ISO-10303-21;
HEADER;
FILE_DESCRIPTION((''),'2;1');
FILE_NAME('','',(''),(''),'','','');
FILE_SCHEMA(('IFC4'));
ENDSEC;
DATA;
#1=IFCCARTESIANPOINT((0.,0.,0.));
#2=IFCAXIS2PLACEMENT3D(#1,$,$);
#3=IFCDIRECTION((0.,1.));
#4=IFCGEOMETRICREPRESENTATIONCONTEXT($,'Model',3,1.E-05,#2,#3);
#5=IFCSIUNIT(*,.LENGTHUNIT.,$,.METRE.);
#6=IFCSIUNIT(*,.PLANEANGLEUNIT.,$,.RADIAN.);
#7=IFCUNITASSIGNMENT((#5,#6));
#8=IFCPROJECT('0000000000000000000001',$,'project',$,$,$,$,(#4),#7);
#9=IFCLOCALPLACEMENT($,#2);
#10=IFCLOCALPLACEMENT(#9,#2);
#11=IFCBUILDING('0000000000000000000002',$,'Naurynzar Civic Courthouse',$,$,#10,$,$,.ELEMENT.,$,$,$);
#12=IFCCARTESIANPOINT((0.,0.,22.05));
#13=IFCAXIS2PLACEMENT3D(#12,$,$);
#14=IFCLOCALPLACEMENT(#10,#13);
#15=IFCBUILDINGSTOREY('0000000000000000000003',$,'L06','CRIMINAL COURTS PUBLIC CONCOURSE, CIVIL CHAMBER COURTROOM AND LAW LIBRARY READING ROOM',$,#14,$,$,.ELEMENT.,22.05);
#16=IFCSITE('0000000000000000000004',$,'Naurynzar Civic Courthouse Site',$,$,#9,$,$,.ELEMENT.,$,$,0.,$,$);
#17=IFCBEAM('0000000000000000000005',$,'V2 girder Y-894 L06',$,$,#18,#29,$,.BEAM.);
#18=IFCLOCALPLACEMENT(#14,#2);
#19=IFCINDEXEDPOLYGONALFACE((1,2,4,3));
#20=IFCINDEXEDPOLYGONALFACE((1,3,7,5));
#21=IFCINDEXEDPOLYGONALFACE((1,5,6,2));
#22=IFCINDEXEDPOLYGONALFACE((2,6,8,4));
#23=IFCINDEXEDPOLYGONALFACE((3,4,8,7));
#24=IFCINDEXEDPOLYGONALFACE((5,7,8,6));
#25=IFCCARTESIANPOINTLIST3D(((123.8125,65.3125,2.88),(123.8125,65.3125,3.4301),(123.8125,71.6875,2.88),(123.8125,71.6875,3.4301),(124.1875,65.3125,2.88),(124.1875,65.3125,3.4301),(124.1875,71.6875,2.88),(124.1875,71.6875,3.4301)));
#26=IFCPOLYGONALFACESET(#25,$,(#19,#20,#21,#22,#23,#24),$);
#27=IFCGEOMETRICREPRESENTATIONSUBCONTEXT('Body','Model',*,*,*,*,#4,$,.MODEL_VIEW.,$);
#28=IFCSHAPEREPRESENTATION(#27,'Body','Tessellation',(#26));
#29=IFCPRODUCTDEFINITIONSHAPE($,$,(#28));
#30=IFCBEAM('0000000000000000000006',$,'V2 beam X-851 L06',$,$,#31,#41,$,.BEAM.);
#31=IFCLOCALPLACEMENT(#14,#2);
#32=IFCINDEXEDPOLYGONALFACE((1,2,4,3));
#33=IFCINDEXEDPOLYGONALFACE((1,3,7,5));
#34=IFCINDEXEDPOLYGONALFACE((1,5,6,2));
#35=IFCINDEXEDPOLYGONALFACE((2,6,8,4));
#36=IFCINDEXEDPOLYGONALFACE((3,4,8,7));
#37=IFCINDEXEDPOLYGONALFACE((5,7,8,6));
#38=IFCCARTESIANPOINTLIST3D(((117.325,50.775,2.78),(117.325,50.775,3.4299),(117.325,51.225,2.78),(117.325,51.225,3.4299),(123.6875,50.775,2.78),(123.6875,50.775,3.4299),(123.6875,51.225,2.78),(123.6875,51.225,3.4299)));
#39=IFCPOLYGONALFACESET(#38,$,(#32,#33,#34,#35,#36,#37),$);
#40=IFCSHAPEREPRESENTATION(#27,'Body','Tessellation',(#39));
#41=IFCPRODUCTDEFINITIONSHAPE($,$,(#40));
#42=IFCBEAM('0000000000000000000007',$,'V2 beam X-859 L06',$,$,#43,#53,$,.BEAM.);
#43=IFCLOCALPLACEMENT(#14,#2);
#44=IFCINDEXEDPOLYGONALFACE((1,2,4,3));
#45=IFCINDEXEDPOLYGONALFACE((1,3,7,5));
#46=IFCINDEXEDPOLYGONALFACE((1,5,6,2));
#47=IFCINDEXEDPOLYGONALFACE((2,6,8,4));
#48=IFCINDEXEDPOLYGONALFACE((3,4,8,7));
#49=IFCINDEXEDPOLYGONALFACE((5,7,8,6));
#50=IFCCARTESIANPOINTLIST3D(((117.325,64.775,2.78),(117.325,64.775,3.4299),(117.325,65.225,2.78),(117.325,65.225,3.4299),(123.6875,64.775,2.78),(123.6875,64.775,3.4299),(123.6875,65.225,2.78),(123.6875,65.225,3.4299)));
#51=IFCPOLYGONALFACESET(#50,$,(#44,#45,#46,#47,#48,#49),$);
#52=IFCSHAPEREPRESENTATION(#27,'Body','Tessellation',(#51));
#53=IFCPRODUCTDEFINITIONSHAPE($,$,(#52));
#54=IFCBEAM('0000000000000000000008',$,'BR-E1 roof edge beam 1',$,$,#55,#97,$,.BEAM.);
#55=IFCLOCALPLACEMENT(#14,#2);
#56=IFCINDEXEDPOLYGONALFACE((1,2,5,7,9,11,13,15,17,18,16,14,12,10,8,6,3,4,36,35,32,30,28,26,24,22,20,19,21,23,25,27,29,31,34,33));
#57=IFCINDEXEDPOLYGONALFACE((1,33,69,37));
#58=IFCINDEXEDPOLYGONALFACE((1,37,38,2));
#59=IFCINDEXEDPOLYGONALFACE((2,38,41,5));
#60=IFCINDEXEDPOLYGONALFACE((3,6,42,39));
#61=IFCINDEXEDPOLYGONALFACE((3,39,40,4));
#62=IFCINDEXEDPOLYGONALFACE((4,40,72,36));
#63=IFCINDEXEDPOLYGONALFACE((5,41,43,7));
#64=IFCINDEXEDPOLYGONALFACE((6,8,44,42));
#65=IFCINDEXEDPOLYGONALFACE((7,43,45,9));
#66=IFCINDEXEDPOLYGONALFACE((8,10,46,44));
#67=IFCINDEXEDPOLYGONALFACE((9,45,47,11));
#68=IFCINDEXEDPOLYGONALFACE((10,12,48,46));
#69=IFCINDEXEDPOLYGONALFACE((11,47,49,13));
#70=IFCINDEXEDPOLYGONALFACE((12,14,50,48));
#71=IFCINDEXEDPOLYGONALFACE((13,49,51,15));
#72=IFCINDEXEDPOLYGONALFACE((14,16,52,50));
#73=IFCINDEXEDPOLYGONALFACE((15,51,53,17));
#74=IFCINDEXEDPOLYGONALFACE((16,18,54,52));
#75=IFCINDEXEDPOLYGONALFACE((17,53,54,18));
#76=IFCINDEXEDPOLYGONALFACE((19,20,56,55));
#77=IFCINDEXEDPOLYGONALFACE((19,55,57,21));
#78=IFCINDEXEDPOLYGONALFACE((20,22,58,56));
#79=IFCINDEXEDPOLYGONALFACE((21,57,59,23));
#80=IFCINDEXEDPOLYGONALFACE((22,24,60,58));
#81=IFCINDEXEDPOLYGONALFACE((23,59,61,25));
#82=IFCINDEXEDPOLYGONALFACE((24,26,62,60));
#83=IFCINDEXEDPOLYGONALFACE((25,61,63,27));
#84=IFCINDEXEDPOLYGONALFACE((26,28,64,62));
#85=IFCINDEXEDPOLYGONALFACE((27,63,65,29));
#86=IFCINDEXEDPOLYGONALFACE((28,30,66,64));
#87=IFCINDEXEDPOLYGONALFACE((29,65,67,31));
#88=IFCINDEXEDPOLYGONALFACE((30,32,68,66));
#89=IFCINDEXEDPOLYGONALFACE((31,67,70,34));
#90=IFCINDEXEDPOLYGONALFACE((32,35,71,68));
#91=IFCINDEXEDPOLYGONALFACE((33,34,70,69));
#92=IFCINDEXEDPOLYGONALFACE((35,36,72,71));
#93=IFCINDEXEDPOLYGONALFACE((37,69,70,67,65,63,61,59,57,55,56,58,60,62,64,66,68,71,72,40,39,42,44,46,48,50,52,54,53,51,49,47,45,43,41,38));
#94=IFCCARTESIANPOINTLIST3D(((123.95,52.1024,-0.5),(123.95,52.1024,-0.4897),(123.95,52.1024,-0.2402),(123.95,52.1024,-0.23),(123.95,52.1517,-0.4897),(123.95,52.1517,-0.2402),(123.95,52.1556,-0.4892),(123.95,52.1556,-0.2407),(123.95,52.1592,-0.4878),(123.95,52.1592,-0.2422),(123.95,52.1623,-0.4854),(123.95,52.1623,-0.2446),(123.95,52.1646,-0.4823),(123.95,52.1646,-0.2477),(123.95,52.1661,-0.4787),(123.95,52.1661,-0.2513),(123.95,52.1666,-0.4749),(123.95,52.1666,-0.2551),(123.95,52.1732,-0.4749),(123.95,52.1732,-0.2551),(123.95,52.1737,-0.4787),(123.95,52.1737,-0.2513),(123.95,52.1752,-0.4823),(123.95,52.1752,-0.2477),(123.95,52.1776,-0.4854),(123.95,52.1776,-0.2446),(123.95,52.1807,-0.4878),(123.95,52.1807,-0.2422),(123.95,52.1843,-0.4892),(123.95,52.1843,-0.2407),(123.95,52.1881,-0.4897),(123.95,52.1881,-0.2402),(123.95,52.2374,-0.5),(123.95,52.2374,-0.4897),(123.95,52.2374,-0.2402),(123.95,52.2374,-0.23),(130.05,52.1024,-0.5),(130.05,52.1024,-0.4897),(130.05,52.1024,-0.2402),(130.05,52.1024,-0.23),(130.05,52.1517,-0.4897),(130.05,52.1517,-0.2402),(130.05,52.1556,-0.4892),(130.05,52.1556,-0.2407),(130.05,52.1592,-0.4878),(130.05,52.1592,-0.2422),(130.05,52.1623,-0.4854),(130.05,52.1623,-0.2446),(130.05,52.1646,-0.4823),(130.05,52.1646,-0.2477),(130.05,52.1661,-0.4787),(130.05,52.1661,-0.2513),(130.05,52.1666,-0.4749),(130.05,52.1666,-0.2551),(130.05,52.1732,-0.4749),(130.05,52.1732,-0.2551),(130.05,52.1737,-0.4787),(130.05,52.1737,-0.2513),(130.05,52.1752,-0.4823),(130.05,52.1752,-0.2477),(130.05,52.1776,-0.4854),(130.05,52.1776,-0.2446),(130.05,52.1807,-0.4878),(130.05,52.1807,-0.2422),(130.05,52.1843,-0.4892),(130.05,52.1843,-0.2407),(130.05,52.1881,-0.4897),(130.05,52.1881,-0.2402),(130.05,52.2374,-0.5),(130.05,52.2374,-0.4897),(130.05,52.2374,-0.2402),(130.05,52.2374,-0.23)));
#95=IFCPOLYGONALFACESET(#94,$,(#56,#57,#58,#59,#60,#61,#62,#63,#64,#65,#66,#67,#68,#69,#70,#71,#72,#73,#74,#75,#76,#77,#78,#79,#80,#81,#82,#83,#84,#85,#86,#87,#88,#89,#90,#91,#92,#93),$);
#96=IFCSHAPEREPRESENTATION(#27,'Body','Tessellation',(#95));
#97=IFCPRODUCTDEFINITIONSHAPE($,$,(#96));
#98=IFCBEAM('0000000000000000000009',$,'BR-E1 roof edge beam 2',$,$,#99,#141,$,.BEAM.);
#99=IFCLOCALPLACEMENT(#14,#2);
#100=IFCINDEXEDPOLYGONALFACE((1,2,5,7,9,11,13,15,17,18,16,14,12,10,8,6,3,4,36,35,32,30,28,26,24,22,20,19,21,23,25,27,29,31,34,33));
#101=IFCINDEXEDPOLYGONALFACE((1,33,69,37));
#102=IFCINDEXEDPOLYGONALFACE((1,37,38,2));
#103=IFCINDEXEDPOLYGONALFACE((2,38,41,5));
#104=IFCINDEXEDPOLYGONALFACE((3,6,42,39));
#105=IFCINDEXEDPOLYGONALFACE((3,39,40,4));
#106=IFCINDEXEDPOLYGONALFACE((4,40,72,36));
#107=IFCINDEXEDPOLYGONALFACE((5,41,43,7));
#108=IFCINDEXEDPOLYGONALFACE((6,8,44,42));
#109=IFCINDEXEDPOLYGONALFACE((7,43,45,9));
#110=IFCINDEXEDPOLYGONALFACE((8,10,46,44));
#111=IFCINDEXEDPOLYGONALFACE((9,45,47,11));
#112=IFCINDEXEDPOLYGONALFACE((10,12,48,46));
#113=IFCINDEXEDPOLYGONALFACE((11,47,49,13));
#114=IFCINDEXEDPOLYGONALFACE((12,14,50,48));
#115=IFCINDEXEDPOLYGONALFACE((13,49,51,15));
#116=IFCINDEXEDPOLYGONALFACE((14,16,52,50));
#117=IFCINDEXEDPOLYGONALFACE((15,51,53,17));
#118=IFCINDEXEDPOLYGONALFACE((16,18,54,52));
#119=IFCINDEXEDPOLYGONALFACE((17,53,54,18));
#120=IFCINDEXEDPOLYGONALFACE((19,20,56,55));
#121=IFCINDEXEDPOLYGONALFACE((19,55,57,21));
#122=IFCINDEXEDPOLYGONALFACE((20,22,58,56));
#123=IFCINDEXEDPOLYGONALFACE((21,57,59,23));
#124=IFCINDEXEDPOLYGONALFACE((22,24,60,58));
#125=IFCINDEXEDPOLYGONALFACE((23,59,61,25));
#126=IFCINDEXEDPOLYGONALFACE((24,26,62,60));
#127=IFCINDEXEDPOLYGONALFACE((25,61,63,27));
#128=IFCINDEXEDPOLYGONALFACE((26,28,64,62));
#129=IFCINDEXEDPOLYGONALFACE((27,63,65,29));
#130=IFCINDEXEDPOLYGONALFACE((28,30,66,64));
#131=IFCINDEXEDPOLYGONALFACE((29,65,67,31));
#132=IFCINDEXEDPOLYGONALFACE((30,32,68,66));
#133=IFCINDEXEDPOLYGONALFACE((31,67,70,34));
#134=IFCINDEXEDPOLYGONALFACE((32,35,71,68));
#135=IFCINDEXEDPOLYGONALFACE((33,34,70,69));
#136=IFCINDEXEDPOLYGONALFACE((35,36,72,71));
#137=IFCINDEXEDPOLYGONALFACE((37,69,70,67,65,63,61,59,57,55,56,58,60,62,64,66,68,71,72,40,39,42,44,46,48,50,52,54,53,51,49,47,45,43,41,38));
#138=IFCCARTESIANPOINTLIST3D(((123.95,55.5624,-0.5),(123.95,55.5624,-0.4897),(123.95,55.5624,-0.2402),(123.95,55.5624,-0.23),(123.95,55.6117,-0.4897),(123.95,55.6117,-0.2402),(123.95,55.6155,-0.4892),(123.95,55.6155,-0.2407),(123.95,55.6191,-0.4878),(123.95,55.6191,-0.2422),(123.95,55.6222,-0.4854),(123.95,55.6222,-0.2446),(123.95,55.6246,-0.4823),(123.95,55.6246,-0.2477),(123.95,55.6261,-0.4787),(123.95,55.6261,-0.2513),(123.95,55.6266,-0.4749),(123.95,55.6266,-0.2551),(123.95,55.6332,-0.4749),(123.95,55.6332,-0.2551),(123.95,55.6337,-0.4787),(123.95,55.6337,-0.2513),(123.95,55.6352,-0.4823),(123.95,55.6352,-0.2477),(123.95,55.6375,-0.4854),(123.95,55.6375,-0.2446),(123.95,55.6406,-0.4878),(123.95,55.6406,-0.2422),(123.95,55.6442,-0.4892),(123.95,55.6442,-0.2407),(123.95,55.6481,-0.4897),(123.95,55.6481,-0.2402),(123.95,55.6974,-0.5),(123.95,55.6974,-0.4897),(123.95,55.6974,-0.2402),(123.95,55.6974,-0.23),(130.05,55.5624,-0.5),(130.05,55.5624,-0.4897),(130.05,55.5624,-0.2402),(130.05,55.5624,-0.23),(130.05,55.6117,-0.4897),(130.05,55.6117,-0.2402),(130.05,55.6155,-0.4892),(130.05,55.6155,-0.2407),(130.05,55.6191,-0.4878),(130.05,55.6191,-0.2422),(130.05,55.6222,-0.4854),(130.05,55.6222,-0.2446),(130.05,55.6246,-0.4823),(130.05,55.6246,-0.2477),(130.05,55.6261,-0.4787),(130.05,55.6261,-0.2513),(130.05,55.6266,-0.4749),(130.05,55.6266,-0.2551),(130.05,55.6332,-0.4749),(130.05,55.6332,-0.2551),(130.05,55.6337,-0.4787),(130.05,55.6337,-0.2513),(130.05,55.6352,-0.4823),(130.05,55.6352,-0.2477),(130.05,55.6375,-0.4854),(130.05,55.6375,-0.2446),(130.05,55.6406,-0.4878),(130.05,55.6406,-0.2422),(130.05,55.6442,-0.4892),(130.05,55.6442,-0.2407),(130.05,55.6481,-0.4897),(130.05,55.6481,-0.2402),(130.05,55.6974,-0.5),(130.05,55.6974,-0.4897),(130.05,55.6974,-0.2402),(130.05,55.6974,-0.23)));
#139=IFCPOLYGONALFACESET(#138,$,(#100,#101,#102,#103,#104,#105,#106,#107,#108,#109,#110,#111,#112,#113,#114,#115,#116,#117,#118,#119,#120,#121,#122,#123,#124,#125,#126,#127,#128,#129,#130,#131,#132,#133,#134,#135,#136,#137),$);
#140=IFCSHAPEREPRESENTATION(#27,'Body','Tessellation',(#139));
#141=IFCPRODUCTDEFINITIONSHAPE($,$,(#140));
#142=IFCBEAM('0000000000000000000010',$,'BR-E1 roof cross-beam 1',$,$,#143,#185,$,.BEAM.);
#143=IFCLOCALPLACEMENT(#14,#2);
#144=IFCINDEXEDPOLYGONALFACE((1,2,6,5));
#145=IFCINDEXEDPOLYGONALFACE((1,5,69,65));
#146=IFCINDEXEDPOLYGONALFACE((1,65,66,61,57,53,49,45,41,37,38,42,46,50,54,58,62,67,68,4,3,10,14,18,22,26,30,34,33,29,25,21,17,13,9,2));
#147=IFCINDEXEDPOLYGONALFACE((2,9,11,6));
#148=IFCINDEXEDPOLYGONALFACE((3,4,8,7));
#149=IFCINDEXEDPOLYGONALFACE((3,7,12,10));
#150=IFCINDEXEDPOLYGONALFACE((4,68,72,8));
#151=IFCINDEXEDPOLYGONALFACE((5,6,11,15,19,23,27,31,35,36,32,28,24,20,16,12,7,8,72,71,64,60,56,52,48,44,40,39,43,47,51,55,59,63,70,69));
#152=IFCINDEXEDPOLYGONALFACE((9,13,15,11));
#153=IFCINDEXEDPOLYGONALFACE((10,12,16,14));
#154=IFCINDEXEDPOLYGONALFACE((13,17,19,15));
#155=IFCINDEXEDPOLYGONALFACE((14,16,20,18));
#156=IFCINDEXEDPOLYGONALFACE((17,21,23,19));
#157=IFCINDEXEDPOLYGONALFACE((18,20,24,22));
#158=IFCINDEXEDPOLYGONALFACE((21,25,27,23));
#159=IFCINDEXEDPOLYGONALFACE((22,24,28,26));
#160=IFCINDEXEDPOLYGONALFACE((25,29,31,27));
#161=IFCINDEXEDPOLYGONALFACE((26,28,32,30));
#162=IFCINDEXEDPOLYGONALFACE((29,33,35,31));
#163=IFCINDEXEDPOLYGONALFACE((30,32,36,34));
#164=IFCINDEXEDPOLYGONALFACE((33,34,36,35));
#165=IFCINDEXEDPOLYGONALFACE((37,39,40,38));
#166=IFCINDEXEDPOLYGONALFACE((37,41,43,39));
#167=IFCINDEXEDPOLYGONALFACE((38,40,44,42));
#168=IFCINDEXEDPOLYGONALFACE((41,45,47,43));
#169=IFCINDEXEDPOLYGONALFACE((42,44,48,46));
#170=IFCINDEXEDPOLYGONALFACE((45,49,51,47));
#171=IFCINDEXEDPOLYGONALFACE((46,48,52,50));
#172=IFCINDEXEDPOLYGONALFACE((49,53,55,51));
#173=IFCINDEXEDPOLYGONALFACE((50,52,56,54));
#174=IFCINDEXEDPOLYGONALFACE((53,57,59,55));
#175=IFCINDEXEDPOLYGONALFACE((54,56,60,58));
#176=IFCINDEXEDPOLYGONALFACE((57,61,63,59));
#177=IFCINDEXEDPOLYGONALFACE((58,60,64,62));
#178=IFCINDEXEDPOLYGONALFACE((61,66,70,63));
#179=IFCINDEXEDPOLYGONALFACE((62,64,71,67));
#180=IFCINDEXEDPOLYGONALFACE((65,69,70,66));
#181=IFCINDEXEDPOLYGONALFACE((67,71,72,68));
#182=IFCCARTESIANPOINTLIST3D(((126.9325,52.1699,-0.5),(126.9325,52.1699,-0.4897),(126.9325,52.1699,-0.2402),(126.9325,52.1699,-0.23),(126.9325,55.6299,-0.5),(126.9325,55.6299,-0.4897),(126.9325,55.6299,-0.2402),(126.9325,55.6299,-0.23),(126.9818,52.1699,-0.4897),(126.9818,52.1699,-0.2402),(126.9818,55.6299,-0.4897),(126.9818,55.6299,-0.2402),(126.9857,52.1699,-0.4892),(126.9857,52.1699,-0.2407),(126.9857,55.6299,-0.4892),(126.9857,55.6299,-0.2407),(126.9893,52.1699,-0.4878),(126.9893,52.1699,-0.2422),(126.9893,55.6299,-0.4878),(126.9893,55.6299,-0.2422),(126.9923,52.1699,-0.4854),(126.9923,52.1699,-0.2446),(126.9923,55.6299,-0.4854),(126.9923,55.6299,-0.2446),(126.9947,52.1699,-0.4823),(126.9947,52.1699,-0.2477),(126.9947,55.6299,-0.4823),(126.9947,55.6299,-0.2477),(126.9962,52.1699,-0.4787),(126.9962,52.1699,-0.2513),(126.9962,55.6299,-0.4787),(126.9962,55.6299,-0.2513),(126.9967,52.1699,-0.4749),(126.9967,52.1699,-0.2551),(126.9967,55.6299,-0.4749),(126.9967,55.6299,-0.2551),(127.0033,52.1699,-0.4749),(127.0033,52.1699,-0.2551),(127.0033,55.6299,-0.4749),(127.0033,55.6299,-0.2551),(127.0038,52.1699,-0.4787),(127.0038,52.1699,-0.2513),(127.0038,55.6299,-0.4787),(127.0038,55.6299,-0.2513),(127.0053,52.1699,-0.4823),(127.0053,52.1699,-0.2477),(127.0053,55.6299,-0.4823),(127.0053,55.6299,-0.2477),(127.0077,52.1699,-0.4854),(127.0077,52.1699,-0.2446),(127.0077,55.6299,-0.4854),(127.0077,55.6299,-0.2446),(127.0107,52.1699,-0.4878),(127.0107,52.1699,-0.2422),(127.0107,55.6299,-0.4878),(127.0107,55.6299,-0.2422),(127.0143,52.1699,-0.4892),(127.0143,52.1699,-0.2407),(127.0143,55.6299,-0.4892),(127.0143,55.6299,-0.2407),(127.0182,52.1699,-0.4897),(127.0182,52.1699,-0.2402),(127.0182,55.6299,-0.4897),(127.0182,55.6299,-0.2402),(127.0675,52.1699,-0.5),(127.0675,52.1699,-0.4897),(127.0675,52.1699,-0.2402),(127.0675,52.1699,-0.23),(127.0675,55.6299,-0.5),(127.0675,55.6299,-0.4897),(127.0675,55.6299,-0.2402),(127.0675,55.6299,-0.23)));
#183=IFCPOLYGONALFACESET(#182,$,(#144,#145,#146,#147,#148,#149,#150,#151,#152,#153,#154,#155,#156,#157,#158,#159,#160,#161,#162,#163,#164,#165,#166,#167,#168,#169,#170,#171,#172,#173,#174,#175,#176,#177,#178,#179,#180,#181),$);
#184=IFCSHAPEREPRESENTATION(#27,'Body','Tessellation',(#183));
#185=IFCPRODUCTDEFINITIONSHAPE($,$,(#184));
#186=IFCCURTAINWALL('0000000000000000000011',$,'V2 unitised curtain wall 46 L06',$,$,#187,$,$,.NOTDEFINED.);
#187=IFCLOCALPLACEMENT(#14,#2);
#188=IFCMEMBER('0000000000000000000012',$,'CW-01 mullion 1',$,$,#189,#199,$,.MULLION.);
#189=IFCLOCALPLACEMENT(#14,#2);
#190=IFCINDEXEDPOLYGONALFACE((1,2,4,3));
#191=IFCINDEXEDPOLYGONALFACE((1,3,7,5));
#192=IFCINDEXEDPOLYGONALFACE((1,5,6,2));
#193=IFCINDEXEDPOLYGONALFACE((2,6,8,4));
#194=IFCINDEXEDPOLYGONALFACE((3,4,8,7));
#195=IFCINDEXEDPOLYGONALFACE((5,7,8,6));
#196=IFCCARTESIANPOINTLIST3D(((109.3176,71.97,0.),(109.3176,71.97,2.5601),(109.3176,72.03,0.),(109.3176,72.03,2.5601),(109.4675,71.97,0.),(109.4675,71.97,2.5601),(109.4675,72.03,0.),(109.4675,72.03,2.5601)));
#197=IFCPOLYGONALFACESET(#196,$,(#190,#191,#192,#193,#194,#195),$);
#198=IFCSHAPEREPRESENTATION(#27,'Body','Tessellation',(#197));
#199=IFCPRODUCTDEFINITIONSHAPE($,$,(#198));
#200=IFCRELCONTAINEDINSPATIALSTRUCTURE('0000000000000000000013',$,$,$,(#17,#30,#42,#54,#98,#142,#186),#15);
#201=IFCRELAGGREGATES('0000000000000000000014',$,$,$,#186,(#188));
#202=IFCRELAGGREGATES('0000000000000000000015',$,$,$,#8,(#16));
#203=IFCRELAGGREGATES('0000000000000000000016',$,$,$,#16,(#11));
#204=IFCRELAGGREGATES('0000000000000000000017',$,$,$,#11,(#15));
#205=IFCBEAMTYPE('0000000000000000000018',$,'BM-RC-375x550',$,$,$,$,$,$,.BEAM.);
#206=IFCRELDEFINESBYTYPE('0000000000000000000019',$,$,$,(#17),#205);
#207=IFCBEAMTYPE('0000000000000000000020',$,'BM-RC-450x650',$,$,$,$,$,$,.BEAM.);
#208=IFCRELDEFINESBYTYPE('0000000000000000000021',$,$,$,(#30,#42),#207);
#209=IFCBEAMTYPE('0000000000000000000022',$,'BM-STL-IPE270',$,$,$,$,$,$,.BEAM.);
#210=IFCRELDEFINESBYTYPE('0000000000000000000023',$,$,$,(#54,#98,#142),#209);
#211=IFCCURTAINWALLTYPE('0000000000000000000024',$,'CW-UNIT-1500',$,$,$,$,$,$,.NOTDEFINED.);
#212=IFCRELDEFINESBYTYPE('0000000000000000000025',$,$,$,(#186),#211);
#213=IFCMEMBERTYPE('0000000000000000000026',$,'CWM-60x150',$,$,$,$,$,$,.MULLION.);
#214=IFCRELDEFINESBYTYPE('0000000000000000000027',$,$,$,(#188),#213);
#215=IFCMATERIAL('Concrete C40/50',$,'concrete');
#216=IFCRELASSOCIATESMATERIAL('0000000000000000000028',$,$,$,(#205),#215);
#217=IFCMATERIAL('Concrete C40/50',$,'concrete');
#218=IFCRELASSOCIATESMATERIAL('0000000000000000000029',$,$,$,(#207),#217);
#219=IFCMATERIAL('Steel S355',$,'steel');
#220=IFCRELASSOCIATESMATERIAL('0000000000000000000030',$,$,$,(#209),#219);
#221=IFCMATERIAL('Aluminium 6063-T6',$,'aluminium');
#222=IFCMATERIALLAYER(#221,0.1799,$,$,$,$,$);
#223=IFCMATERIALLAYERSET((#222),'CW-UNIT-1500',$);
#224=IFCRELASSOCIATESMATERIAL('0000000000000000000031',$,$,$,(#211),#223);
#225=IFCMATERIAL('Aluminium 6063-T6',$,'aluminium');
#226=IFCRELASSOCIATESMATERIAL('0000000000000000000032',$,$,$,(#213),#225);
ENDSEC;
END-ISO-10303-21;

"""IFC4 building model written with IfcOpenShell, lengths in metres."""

from ifc_helpers import new_model, si_unit, direction, frame, origin, origin_2d, place, context, subcontext, project, spatial, rectangle, i_section, extrude, material, layer, layer_set, material_profile, profile_set, type_object, element, aggregate, save


model = new_model("IFC4")

# Units and contexts
model_context = context("Model", 3, precision=1e-05, world=origin(), true_north=direction((0.0, 1.0)))
body_context = subcontext(model_context, "Body", "Model", "MODEL_VIEW")
ifc_project = project(units=[si_unit("LENGTHUNIT", "METRE"), si_unit("PLANEANGLEUNIT", "RADIAN")], contexts=[model_context])

# Site, building, storey
site_placement = place(None, origin())
site = spatial("IfcSite", under=ifc_project, at=site_placement, Name="Naurynzar Civic Courthouse Site", CompositionType="ELEMENT", RefElevation=0.0)
building_placement = place(site_placement, origin())
building = spatial("IfcBuilding", under=site, at=building_placement, Name="Naurynzar Civic Courthouse", CompositionType="ELEMENT")
storey_placement = place(building_placement, frame((0.0, 0.0, 22.05)))
storey = spatial("IfcBuildingStorey", under=building, at=storey_placement, Name="L06", Description="CRIMINAL COURTS PUBLIC CONCOURSE, CIVIL CHAMBER COURTROOM AND LAW LIBRARY READING ROOM", CompositionType="ELEMENT", Elevation=22.05)

# Beams
ifc_material_1 = material(Name="Concrete C40/50", Category="concrete")
ifc_material_profile_1 = material_profile(ifc_material_1, rectangle(XDim=0.375, YDim=0.55, at=origin_2d()), Name="RCB 375x550")
ifc_profile_set_1 = profile_set([ifc_material_profile_1], Name="Concrete C40/50")
beam_type_1 = type_object("IfcBeamType", Name="BM-RC-375x550", PredefinedType="BEAM", material=ifc_profile_set_1)
beam_1_placement = place(storey_placement, frame((124.0, 65.3125, 3.155), z_axis=(0.0, 1.0, 0.0), x_axis=(-1.0, 0.0, 0.0)))
element("IfcBeam", 1, at=beam_1_placement, inside=storey, type_object=beam_type_1, Name="V2 girder Y-894 L06", PredefinedType="BEAM", context=body_context, shape_type="SweptSolid", body=[
    extrude(rectangle(XDim=0.375, YDim=0.55, at=origin_2d()), origin(), (0.0, 0.0, 1.0), 6.375),
])
ifc_material_2 = material(Name="Concrete C40/50", Category="concrete")
ifc_material_profile_2 = material_profile(ifc_material_2, rectangle(XDim=0.45, YDim=0.6499, at=origin_2d()), Name="RCB 450x650")
ifc_profile_set_2 = profile_set([ifc_material_profile_2], Name="Concrete C40/50")
beam_type_2 = type_object("IfcBeamType", Name="BM-RC-450x650", PredefinedType="BEAM", material=ifc_profile_set_2)
for number, where, z_axis, x_axis, name in (
    (2, (117.325, 51.0, 3.105), (1.0, 0.0, 0.0), (0.0, 1.0, 0.0), "V2 beam X-851 L06"),
    (3, (117.325, 65.0, 3.105), (1.0, 0.0, 0.0), (0.0, 1.0, 0.0), "V2 beam X-859 L06"),
):
    element("IfcBeam", number, at=place(storey_placement, frame(where, z_axis=z_axis, x_axis=x_axis)), inside=storey, type_object=beam_type_2, Name=name, PredefinedType="BEAM", context=body_context, shape_type="SweptSolid", body=[
        extrude(rectangle(XDim=0.45, YDim=0.6499, at=origin_2d()), origin(), (0.0, 0.0, 1.0), 6.3625),
    ])
ifc_material_3 = material(Name="Steel S355", Category="steel")
ifc_material_profile_3 = material_profile(ifc_material_3, i_section(OverallWidth=0.135, OverallDepth=0.27, WebThickness=0.0066, FlangeThickness=0.0103, FilletRadius=0.0149, at=origin_2d()), Name="IPE 270")
ifc_profile_set_3 = profile_set([ifc_material_profile_3], Name="Steel S355")
beam_type_3 = type_object("IfcBeamType", Name="BM-STL-IPE270", PredefinedType="BEAM", material=ifc_profile_set_3)
for number, where, z_axis, x_axis, name in (
    (4, (123.95, 52.1699, -0.365), (1.0, 0.0, 0.0), (0.0, 1.0, 0.0), "BR-E1 roof edge beam 1"),
    (5, (123.95, 55.6299, -0.365), (1.0, 0.0, 0.0), (0.0, 1.0, 0.0), "BR-E1 roof edge beam 2"),
):
    element("IfcBeam", number, at=place(storey_placement, frame(where, z_axis=z_axis, x_axis=x_axis)), inside=storey, type_object=beam_type_3, Name=name, PredefinedType="BEAM", context=body_context, shape_type="SweptSolid", body=[
        extrude(i_section(OverallWidth=0.135, OverallDepth=0.27, WebThickness=0.0066, FlangeThickness=0.0103, FilletRadius=0.0149, at=origin_2d()), origin(), (0.0, 0.0, 1.0), 6.1001),
    ])
beam_2_placement = place(storey_placement, frame((127.0, 52.1699, -0.365), z_axis=(0.0, 1.0, 0.0), x_axis=(-1.0, 0.0, 0.0)))
element("IfcBeam", 6, at=beam_2_placement, inside=storey, type_object=beam_type_3, Name="BR-E1 roof cross-beam 1", PredefinedType="BEAM", context=body_context, shape_type="SweptSolid", body=[
    extrude(i_section(OverallWidth=0.135, OverallDepth=0.27, WebThickness=0.0066, FlangeThickness=0.0103, FilletRadius=0.0149, at=origin_2d()), origin(), (0.0, 0.0, 1.0), 3.46),
])

# Curtain wall, member
ifc_material_4 = material(Name="Aluminium 6063-T6", Category="aluminium")
ifc_layer_1 = layer(ifc_material_4, 0.1799)
ifc_layer_set_1 = layer_set([ifc_layer_1], Name="CW-UNIT-1500")
curtain_wall_type = type_object("IfcCurtainWallType", Name="CW-UNIT-1500", PredefinedType="NOTDEFINED", material=ifc_layer_set_1)
curtain_wall_placement = place(storey_placement, origin())
curtain_wall = element("IfcCurtainWall", 7, at=curtain_wall_placement, inside=storey, type_object=curtain_wall_type, Name="V2 unitised curtain wall 46 L06", PredefinedType="NOTDEFINED")
ifc_material_5 = material(Name="Aluminium 6063-T6", Category="aluminium")
ifc_material_profile_4 = material_profile(ifc_material_5, rectangle(XDim=0.0601, YDim=0.1499, at=origin_2d()), Name="ALU MULLION 60x150")
ifc_profile_set_4 = profile_set([ifc_material_profile_4], Name="Aluminium 6063-T6")
member_type_1 = type_object("IfcMemberType", Name="CWM-60x150", PredefinedType="MULLION", material=ifc_profile_set_4)
member_1_placement = place(storey_placement, frame((109.3926, 72.0, 0.0), z_axis=(0.0, 0.0, 1.0), x_axis=(0.0, 1.0, 0.0)))
member_1 = element("IfcMember", 8, at=member_1_placement, type_object=member_type_1, Name="CW-01 mullion 1", PredefinedType="MULLION", context=body_context, shape_type="SweptSolid", body=[
    extrude(rectangle(XDim=0.0601, YDim=0.1499, at=origin_2d()), origin(), (0.0, 0.0, 1.0), 2.5601),
])
aggregate(curtain_wall, [member_1])

save(model, "model.ifc")
